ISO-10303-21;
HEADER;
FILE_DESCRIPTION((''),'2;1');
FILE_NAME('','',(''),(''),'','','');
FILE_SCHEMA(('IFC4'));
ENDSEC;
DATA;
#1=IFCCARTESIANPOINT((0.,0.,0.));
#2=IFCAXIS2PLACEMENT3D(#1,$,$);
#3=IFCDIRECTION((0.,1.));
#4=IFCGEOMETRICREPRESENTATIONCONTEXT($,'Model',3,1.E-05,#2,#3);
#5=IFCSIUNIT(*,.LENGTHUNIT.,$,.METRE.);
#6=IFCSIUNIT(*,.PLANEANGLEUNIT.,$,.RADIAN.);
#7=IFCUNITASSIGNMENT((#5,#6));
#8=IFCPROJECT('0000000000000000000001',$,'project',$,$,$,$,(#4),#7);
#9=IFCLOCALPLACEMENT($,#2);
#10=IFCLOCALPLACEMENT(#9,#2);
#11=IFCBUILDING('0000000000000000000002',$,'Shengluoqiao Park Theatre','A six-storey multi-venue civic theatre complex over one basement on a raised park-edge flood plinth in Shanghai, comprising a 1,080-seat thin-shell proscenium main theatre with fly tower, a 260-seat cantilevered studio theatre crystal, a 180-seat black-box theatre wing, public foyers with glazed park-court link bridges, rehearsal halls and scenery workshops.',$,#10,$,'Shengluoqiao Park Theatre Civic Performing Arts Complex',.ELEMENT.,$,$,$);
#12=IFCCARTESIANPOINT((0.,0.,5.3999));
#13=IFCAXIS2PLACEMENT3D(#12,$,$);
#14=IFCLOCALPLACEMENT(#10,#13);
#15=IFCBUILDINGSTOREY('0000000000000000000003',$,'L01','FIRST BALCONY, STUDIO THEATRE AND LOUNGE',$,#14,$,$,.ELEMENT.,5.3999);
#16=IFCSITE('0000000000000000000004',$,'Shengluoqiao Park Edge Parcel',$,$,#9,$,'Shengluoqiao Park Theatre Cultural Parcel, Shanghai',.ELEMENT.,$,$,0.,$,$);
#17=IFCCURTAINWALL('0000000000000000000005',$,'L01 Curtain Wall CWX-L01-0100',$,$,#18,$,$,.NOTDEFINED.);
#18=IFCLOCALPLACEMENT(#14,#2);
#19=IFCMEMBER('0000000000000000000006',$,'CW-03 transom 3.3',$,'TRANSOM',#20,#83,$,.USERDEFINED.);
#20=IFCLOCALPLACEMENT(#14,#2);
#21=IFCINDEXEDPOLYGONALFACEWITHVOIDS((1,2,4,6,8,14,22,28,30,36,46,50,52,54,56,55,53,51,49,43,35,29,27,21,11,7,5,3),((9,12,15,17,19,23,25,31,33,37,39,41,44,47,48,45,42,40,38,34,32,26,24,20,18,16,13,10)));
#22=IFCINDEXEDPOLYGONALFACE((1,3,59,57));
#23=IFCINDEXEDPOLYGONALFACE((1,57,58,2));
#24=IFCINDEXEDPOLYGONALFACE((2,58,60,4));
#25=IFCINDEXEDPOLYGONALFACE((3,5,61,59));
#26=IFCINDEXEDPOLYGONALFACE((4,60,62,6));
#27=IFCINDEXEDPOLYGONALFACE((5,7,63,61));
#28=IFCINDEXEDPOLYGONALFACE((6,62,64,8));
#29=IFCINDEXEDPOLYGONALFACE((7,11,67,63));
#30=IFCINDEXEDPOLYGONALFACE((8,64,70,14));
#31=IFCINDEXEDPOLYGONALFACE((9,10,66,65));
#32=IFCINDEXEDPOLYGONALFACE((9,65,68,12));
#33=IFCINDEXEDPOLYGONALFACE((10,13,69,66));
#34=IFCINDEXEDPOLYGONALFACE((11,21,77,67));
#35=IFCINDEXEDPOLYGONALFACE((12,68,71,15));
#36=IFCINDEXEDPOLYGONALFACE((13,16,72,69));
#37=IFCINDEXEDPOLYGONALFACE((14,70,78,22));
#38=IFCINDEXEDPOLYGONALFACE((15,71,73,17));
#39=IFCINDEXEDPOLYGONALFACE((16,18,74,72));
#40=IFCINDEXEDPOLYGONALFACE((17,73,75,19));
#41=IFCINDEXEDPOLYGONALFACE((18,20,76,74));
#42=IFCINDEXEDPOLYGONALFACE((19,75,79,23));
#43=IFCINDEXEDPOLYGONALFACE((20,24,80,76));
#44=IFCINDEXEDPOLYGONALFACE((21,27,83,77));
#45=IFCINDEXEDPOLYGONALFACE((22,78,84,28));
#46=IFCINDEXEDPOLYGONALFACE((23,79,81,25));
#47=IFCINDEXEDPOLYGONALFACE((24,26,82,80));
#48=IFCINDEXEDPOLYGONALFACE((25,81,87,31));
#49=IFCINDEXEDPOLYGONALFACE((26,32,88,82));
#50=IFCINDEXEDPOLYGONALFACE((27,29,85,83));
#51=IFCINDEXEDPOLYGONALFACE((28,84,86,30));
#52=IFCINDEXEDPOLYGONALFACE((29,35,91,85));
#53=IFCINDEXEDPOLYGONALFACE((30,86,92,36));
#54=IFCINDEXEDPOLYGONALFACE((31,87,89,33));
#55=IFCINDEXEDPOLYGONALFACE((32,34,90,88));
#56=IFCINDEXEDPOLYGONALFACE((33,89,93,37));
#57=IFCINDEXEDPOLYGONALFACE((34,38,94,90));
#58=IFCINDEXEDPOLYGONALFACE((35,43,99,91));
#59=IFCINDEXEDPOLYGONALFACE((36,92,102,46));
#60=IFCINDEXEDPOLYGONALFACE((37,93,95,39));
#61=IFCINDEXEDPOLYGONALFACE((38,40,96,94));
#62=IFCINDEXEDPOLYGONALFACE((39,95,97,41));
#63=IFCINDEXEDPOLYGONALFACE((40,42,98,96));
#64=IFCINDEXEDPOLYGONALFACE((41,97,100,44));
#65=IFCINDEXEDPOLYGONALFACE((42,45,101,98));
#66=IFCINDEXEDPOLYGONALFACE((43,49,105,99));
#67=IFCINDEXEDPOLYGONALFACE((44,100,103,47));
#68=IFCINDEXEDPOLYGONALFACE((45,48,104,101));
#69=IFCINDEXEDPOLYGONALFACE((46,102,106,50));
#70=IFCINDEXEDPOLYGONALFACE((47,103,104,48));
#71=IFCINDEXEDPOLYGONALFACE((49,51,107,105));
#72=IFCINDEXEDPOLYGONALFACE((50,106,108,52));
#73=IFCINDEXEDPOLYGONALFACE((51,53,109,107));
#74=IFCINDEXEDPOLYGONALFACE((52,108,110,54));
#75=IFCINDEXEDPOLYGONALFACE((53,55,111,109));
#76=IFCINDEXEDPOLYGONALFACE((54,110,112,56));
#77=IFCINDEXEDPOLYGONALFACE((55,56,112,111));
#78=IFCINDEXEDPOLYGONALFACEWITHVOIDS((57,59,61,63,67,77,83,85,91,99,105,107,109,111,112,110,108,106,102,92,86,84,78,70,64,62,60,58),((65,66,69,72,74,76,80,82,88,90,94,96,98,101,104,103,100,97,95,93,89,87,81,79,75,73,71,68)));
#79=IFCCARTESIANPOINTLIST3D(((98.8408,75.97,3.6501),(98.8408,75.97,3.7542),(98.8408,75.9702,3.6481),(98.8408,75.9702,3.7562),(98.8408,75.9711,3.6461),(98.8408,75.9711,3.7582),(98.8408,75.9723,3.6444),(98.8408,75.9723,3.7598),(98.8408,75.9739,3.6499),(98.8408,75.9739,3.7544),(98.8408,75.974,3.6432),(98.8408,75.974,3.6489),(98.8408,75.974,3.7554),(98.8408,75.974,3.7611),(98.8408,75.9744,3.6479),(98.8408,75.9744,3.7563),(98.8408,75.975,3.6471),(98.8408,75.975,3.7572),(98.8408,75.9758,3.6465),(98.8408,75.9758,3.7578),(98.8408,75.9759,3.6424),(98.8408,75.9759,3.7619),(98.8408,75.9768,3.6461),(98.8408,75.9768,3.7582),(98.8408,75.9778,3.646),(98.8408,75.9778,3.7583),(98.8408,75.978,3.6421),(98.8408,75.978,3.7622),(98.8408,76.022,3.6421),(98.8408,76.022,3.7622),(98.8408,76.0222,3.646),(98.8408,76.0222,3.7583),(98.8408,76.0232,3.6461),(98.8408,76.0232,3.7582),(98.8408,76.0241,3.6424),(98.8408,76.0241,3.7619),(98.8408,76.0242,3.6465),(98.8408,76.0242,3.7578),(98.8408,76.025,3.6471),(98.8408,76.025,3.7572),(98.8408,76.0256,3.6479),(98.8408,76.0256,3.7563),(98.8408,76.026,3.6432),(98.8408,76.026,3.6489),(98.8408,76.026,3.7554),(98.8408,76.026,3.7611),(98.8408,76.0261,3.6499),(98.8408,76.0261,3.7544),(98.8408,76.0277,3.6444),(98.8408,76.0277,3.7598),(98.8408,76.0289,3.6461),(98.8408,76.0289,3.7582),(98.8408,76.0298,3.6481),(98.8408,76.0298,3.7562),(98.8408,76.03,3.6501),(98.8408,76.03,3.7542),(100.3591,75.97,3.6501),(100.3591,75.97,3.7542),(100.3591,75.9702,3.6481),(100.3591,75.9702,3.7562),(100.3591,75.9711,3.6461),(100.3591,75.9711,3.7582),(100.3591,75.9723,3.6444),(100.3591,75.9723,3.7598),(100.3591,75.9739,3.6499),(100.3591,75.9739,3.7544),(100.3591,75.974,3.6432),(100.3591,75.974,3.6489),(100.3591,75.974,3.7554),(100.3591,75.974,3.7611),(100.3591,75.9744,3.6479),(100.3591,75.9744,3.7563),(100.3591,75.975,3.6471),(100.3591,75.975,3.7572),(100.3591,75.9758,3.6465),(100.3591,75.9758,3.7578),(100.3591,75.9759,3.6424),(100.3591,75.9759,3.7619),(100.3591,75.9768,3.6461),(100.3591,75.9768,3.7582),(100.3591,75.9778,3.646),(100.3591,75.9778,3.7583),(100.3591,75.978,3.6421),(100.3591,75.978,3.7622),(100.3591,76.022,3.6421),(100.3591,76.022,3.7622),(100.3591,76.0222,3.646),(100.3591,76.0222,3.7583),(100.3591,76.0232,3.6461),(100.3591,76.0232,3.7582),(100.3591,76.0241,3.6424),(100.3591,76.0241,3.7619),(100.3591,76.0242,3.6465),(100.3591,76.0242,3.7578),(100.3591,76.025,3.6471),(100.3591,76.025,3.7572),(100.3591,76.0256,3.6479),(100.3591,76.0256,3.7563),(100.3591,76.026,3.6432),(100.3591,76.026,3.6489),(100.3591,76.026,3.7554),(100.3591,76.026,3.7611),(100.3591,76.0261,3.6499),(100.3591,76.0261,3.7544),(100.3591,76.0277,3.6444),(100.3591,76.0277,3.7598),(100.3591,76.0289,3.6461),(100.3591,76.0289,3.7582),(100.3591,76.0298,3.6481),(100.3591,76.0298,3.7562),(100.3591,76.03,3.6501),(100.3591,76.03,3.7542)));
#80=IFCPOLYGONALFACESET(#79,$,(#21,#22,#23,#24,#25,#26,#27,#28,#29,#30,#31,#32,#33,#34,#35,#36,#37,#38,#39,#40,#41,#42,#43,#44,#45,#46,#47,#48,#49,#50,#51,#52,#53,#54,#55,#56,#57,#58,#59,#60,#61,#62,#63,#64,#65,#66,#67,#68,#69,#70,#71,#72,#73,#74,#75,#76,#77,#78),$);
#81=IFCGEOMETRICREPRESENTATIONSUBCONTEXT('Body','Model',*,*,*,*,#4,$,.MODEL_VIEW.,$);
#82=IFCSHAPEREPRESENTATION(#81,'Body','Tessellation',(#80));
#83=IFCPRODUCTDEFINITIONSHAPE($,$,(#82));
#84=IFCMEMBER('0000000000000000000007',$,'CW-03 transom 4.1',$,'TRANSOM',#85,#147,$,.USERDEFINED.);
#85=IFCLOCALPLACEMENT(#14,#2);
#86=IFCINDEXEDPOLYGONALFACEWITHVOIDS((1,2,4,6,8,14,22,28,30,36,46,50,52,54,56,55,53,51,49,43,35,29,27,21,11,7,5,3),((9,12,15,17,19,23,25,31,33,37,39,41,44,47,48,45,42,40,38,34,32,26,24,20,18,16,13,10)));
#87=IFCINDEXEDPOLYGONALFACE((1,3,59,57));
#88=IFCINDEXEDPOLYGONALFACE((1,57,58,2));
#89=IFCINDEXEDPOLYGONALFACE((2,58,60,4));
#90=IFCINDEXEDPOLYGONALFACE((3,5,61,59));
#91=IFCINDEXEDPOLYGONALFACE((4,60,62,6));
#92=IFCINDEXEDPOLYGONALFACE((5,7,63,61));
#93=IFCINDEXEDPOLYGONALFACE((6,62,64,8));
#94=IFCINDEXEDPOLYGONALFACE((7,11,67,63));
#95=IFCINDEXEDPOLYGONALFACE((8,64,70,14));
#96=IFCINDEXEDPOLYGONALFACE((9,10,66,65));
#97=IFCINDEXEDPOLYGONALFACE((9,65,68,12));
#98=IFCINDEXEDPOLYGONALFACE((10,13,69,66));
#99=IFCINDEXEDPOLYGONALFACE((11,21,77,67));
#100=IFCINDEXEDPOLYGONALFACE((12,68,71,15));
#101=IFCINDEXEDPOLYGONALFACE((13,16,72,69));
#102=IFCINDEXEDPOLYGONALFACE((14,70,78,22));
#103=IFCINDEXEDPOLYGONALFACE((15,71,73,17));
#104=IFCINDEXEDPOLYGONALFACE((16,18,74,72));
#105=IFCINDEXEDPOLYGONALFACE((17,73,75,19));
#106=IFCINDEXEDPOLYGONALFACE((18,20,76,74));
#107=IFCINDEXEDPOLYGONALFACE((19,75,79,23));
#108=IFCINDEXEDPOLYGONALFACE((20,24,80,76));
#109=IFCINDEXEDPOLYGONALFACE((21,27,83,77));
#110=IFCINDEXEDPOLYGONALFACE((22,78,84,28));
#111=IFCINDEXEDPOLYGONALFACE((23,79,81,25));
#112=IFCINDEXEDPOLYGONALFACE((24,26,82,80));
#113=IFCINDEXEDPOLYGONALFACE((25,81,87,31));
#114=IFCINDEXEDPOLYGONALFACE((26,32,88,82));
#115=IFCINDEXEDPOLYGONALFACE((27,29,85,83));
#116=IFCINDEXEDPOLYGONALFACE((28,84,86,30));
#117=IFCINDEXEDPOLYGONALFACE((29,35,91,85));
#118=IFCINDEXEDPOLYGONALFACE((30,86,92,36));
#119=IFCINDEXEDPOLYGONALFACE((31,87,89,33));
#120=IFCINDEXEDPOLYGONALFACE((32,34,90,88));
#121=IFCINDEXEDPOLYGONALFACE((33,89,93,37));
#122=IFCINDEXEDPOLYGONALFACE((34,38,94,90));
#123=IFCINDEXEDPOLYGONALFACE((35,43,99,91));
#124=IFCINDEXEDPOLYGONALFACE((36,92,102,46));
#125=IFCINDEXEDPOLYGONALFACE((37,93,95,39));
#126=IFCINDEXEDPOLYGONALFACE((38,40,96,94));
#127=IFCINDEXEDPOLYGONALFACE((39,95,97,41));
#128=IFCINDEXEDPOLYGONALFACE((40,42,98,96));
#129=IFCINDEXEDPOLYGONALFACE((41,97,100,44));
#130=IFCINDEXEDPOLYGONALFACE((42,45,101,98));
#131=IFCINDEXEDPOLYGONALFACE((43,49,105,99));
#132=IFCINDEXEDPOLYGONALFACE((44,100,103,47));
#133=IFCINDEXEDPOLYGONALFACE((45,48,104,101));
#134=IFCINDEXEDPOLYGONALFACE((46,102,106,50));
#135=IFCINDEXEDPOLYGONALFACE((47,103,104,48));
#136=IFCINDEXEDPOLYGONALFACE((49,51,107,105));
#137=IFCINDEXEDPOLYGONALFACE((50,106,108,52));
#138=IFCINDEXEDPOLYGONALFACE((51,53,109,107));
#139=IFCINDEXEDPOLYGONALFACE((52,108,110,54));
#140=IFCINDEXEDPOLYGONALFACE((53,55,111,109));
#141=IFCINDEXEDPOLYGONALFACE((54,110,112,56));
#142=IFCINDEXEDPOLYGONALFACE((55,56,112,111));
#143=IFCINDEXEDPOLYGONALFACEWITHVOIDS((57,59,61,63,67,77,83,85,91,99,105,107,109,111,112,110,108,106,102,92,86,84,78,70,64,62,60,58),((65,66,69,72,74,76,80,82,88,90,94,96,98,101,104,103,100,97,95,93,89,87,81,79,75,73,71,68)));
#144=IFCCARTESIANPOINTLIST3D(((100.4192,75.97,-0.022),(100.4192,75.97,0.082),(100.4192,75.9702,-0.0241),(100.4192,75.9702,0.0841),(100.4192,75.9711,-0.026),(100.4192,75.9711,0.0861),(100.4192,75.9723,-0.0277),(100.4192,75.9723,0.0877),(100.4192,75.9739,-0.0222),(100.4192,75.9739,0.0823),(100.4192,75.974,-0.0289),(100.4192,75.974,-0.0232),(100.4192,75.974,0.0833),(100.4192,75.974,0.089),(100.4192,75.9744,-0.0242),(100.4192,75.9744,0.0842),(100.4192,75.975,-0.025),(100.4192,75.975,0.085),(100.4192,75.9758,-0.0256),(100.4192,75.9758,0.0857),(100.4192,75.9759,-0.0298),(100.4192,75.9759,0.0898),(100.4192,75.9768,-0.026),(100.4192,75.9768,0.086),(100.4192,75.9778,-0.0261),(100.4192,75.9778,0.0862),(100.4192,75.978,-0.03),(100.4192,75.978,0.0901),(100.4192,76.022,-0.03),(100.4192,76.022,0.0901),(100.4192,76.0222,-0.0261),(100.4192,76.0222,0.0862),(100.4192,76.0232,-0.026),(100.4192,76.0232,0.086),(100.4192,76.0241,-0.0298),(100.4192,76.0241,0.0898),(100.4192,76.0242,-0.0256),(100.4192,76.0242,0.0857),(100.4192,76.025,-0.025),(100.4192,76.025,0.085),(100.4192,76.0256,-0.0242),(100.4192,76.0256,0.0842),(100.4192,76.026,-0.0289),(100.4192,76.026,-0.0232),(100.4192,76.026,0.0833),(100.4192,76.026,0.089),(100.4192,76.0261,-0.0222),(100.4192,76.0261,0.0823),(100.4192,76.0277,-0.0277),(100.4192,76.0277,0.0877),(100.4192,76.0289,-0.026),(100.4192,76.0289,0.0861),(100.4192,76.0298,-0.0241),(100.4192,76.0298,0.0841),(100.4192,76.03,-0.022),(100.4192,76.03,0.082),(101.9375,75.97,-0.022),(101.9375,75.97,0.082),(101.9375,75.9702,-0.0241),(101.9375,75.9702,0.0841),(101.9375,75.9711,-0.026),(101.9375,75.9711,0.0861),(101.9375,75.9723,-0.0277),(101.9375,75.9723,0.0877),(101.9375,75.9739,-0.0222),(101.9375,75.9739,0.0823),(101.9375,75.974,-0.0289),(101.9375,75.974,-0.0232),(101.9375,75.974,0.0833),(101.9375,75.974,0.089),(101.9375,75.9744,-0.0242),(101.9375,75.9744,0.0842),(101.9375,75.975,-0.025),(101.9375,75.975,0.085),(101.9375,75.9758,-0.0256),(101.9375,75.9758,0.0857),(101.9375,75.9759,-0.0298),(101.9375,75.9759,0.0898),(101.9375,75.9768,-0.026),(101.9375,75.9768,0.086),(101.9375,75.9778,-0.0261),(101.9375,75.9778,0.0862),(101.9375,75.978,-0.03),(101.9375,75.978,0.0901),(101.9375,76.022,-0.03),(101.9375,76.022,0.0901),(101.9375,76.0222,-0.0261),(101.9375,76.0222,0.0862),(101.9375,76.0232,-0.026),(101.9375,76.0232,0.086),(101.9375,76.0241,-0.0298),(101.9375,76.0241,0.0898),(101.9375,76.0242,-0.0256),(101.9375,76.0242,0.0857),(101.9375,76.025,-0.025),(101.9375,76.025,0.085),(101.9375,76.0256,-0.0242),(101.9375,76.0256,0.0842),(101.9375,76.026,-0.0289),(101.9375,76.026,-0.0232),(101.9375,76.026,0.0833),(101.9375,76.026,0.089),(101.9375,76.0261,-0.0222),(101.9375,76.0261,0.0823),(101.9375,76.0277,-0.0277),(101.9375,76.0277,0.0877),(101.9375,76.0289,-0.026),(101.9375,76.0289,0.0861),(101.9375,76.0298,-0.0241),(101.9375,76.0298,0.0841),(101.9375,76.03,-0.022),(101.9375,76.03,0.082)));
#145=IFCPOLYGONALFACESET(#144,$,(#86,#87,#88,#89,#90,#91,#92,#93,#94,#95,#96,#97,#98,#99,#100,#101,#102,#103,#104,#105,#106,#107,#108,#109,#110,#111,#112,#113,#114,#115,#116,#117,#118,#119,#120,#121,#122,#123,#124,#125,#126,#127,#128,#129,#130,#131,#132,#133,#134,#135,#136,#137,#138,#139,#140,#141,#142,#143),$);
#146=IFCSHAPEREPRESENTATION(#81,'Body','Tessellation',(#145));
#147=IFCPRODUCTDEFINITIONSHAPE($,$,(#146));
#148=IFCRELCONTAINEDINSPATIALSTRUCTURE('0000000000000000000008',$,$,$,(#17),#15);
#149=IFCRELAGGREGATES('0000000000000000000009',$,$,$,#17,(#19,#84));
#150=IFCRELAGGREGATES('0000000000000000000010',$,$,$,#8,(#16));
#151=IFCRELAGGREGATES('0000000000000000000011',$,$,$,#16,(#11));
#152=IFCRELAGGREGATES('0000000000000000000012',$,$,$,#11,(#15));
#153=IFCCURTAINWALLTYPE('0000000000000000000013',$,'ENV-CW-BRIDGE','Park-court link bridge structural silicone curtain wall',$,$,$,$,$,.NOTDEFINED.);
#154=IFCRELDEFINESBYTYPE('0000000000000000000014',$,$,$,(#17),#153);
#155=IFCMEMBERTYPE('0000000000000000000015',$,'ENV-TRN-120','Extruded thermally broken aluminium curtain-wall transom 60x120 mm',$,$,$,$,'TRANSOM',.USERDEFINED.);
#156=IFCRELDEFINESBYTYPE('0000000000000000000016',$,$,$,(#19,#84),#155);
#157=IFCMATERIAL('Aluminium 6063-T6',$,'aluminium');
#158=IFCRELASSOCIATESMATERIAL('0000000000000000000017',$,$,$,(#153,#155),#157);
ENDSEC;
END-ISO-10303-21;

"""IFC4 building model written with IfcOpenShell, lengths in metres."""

from ifc_helpers import new_model, si_unit, direction, frame, origin, origin_2d, place, context, subcontext, project, spatial, hollow_rectangle, extrude, material, material_profile, profile_set, type_object, element, aggregate, save


model = new_model("IFC4")

# Units and contexts
model_context = context("Model", 3, precision=1e-05, world=origin(), true_north=direction((0.0, 1.0)))
body_context = subcontext(model_context, "Body", "Model", "MODEL_VIEW")
ifc_project = project(units=[si_unit("LENGTHUNIT", "METRE"), si_unit("PLANEANGLEUNIT", "RADIAN")], contexts=[model_context])

# Site, building, storey
site_placement = place(None, origin())
site = spatial("IfcSite", under=ifc_project, at=site_placement, Name="Shengluoqiao Park Edge Parcel", LongName="Shengluoqiao Park Theatre Cultural Parcel, Shanghai", CompositionType="ELEMENT", RefElevation=0.0)
building_placement = place(site_placement, origin())
building = spatial("IfcBuilding", under=site, at=building_placement, Name="Shengluoqiao Park Theatre", Description="A six-storey multi-venue civic theatre complex over one basement on a raised park-edge flood plinth in Shanghai, comprising a 1,080-seat thin-shell proscenium main theatre with fly tower, a 260-seat cantilevered studio theatre crystal, a 180-seat black-box theatre wing, public foyers with glazed park-court link bridges, rehearsal halls and scenery workshops.", LongName="Shengluoqiao Park Theatre Civic Performing Arts Complex", CompositionType="ELEMENT")
storey_placement = place(building_placement, frame((0.0, 0.0, 5.3999)))
storey = spatial("IfcBuildingStorey", under=building, at=storey_placement, Name="L01", Description="FIRST BALCONY, STUDIO THEATRE AND LOUNGE", CompositionType="ELEMENT", Elevation=5.3999)

# Curtain wall
ifc_material_1 = material(Name="Aluminium 6063-T6", Category="aluminium")
curtain_wall_type = type_object("IfcCurtainWallType", Name="ENV-CW-BRIDGE", Description="Park-court link bridge structural silicone curtain wall", PredefinedType="NOTDEFINED", material=ifc_material_1)
curtain_wall_1_placement = place(storey_placement, origin())
curtain_wall_1 = element("IfcCurtainWall", 1, at=curtain_wall_1_placement, inside=storey, type_object=curtain_wall_type, Name="L01 Curtain Wall CWX-L01-0100", PredefinedType="NOTDEFINED")

# Members
ifc_material_profile_1 = material_profile(ifc_material_1, hollow_rectangle(XDim=0.0601, YDim=0.1201, WallThickness=0.0039, InnerFilletRadius=0.0039, OuterFilletRadius=0.0081, at=origin_2d()), Name="ALU TRANSOM 120x60x4")
ifc_profile_set_1 = profile_set([ifc_material_profile_1], Name="Aluminium 6063-T6")
member_type_1 = type_object("IfcMemberType", Name="ENV-TRN-120", Description="Extruded thermally broken aluminium curtain-wall transom 60x120 mm", ElementType="TRANSOM", PredefinedType="USERDEFINED", material=ifc_profile_set_1)
member_1_placement = place(storey_placement, frame((98.8408, 76.0, 3.7021), z_axis=(1.0, 0.0, 0.0), x_axis=(0.0, 1.0, 0.0)))
member_1 = element("IfcMember", 2, at=member_1_placement, type_object=member_type_1, Name="CW-03 transom 3.3", ObjectType="TRANSOM", PredefinedType="USERDEFINED", context=body_context, shape_type="SweptSolid", body=[
    extrude(hollow_rectangle(XDim=0.0601, YDim=0.1201, WallThickness=0.0039, InnerFilletRadius=0.0039, OuterFilletRadius=0.0081, at=origin_2d()), origin(), (0.0, 0.0, 1.0), 1.5183),
])
member_2_placement = place(storey_placement, frame((100.4192, 76.0, 0.03), z_axis=(1.0, 0.0, 0.0), x_axis=(0.0, 1.0, 0.0)))
member_2 = element("IfcMember", 3, at=member_2_placement, type_object=member_type_1, Name="CW-03 transom 4.1", ObjectType="TRANSOM", PredefinedType="USERDEFINED", context=body_context, shape_type="SweptSolid", body=[
    extrude(hollow_rectangle(XDim=0.0601, YDim=0.1201, WallThickness=0.0039, InnerFilletRadius=0.0039, OuterFilletRadius=0.0081, at=origin_2d()), origin(), (0.0, 0.0, 1.0), 1.5183),
])

aggregate(curtain_wall_1, [member_1, member_2])

save(model, "model.ifc")
